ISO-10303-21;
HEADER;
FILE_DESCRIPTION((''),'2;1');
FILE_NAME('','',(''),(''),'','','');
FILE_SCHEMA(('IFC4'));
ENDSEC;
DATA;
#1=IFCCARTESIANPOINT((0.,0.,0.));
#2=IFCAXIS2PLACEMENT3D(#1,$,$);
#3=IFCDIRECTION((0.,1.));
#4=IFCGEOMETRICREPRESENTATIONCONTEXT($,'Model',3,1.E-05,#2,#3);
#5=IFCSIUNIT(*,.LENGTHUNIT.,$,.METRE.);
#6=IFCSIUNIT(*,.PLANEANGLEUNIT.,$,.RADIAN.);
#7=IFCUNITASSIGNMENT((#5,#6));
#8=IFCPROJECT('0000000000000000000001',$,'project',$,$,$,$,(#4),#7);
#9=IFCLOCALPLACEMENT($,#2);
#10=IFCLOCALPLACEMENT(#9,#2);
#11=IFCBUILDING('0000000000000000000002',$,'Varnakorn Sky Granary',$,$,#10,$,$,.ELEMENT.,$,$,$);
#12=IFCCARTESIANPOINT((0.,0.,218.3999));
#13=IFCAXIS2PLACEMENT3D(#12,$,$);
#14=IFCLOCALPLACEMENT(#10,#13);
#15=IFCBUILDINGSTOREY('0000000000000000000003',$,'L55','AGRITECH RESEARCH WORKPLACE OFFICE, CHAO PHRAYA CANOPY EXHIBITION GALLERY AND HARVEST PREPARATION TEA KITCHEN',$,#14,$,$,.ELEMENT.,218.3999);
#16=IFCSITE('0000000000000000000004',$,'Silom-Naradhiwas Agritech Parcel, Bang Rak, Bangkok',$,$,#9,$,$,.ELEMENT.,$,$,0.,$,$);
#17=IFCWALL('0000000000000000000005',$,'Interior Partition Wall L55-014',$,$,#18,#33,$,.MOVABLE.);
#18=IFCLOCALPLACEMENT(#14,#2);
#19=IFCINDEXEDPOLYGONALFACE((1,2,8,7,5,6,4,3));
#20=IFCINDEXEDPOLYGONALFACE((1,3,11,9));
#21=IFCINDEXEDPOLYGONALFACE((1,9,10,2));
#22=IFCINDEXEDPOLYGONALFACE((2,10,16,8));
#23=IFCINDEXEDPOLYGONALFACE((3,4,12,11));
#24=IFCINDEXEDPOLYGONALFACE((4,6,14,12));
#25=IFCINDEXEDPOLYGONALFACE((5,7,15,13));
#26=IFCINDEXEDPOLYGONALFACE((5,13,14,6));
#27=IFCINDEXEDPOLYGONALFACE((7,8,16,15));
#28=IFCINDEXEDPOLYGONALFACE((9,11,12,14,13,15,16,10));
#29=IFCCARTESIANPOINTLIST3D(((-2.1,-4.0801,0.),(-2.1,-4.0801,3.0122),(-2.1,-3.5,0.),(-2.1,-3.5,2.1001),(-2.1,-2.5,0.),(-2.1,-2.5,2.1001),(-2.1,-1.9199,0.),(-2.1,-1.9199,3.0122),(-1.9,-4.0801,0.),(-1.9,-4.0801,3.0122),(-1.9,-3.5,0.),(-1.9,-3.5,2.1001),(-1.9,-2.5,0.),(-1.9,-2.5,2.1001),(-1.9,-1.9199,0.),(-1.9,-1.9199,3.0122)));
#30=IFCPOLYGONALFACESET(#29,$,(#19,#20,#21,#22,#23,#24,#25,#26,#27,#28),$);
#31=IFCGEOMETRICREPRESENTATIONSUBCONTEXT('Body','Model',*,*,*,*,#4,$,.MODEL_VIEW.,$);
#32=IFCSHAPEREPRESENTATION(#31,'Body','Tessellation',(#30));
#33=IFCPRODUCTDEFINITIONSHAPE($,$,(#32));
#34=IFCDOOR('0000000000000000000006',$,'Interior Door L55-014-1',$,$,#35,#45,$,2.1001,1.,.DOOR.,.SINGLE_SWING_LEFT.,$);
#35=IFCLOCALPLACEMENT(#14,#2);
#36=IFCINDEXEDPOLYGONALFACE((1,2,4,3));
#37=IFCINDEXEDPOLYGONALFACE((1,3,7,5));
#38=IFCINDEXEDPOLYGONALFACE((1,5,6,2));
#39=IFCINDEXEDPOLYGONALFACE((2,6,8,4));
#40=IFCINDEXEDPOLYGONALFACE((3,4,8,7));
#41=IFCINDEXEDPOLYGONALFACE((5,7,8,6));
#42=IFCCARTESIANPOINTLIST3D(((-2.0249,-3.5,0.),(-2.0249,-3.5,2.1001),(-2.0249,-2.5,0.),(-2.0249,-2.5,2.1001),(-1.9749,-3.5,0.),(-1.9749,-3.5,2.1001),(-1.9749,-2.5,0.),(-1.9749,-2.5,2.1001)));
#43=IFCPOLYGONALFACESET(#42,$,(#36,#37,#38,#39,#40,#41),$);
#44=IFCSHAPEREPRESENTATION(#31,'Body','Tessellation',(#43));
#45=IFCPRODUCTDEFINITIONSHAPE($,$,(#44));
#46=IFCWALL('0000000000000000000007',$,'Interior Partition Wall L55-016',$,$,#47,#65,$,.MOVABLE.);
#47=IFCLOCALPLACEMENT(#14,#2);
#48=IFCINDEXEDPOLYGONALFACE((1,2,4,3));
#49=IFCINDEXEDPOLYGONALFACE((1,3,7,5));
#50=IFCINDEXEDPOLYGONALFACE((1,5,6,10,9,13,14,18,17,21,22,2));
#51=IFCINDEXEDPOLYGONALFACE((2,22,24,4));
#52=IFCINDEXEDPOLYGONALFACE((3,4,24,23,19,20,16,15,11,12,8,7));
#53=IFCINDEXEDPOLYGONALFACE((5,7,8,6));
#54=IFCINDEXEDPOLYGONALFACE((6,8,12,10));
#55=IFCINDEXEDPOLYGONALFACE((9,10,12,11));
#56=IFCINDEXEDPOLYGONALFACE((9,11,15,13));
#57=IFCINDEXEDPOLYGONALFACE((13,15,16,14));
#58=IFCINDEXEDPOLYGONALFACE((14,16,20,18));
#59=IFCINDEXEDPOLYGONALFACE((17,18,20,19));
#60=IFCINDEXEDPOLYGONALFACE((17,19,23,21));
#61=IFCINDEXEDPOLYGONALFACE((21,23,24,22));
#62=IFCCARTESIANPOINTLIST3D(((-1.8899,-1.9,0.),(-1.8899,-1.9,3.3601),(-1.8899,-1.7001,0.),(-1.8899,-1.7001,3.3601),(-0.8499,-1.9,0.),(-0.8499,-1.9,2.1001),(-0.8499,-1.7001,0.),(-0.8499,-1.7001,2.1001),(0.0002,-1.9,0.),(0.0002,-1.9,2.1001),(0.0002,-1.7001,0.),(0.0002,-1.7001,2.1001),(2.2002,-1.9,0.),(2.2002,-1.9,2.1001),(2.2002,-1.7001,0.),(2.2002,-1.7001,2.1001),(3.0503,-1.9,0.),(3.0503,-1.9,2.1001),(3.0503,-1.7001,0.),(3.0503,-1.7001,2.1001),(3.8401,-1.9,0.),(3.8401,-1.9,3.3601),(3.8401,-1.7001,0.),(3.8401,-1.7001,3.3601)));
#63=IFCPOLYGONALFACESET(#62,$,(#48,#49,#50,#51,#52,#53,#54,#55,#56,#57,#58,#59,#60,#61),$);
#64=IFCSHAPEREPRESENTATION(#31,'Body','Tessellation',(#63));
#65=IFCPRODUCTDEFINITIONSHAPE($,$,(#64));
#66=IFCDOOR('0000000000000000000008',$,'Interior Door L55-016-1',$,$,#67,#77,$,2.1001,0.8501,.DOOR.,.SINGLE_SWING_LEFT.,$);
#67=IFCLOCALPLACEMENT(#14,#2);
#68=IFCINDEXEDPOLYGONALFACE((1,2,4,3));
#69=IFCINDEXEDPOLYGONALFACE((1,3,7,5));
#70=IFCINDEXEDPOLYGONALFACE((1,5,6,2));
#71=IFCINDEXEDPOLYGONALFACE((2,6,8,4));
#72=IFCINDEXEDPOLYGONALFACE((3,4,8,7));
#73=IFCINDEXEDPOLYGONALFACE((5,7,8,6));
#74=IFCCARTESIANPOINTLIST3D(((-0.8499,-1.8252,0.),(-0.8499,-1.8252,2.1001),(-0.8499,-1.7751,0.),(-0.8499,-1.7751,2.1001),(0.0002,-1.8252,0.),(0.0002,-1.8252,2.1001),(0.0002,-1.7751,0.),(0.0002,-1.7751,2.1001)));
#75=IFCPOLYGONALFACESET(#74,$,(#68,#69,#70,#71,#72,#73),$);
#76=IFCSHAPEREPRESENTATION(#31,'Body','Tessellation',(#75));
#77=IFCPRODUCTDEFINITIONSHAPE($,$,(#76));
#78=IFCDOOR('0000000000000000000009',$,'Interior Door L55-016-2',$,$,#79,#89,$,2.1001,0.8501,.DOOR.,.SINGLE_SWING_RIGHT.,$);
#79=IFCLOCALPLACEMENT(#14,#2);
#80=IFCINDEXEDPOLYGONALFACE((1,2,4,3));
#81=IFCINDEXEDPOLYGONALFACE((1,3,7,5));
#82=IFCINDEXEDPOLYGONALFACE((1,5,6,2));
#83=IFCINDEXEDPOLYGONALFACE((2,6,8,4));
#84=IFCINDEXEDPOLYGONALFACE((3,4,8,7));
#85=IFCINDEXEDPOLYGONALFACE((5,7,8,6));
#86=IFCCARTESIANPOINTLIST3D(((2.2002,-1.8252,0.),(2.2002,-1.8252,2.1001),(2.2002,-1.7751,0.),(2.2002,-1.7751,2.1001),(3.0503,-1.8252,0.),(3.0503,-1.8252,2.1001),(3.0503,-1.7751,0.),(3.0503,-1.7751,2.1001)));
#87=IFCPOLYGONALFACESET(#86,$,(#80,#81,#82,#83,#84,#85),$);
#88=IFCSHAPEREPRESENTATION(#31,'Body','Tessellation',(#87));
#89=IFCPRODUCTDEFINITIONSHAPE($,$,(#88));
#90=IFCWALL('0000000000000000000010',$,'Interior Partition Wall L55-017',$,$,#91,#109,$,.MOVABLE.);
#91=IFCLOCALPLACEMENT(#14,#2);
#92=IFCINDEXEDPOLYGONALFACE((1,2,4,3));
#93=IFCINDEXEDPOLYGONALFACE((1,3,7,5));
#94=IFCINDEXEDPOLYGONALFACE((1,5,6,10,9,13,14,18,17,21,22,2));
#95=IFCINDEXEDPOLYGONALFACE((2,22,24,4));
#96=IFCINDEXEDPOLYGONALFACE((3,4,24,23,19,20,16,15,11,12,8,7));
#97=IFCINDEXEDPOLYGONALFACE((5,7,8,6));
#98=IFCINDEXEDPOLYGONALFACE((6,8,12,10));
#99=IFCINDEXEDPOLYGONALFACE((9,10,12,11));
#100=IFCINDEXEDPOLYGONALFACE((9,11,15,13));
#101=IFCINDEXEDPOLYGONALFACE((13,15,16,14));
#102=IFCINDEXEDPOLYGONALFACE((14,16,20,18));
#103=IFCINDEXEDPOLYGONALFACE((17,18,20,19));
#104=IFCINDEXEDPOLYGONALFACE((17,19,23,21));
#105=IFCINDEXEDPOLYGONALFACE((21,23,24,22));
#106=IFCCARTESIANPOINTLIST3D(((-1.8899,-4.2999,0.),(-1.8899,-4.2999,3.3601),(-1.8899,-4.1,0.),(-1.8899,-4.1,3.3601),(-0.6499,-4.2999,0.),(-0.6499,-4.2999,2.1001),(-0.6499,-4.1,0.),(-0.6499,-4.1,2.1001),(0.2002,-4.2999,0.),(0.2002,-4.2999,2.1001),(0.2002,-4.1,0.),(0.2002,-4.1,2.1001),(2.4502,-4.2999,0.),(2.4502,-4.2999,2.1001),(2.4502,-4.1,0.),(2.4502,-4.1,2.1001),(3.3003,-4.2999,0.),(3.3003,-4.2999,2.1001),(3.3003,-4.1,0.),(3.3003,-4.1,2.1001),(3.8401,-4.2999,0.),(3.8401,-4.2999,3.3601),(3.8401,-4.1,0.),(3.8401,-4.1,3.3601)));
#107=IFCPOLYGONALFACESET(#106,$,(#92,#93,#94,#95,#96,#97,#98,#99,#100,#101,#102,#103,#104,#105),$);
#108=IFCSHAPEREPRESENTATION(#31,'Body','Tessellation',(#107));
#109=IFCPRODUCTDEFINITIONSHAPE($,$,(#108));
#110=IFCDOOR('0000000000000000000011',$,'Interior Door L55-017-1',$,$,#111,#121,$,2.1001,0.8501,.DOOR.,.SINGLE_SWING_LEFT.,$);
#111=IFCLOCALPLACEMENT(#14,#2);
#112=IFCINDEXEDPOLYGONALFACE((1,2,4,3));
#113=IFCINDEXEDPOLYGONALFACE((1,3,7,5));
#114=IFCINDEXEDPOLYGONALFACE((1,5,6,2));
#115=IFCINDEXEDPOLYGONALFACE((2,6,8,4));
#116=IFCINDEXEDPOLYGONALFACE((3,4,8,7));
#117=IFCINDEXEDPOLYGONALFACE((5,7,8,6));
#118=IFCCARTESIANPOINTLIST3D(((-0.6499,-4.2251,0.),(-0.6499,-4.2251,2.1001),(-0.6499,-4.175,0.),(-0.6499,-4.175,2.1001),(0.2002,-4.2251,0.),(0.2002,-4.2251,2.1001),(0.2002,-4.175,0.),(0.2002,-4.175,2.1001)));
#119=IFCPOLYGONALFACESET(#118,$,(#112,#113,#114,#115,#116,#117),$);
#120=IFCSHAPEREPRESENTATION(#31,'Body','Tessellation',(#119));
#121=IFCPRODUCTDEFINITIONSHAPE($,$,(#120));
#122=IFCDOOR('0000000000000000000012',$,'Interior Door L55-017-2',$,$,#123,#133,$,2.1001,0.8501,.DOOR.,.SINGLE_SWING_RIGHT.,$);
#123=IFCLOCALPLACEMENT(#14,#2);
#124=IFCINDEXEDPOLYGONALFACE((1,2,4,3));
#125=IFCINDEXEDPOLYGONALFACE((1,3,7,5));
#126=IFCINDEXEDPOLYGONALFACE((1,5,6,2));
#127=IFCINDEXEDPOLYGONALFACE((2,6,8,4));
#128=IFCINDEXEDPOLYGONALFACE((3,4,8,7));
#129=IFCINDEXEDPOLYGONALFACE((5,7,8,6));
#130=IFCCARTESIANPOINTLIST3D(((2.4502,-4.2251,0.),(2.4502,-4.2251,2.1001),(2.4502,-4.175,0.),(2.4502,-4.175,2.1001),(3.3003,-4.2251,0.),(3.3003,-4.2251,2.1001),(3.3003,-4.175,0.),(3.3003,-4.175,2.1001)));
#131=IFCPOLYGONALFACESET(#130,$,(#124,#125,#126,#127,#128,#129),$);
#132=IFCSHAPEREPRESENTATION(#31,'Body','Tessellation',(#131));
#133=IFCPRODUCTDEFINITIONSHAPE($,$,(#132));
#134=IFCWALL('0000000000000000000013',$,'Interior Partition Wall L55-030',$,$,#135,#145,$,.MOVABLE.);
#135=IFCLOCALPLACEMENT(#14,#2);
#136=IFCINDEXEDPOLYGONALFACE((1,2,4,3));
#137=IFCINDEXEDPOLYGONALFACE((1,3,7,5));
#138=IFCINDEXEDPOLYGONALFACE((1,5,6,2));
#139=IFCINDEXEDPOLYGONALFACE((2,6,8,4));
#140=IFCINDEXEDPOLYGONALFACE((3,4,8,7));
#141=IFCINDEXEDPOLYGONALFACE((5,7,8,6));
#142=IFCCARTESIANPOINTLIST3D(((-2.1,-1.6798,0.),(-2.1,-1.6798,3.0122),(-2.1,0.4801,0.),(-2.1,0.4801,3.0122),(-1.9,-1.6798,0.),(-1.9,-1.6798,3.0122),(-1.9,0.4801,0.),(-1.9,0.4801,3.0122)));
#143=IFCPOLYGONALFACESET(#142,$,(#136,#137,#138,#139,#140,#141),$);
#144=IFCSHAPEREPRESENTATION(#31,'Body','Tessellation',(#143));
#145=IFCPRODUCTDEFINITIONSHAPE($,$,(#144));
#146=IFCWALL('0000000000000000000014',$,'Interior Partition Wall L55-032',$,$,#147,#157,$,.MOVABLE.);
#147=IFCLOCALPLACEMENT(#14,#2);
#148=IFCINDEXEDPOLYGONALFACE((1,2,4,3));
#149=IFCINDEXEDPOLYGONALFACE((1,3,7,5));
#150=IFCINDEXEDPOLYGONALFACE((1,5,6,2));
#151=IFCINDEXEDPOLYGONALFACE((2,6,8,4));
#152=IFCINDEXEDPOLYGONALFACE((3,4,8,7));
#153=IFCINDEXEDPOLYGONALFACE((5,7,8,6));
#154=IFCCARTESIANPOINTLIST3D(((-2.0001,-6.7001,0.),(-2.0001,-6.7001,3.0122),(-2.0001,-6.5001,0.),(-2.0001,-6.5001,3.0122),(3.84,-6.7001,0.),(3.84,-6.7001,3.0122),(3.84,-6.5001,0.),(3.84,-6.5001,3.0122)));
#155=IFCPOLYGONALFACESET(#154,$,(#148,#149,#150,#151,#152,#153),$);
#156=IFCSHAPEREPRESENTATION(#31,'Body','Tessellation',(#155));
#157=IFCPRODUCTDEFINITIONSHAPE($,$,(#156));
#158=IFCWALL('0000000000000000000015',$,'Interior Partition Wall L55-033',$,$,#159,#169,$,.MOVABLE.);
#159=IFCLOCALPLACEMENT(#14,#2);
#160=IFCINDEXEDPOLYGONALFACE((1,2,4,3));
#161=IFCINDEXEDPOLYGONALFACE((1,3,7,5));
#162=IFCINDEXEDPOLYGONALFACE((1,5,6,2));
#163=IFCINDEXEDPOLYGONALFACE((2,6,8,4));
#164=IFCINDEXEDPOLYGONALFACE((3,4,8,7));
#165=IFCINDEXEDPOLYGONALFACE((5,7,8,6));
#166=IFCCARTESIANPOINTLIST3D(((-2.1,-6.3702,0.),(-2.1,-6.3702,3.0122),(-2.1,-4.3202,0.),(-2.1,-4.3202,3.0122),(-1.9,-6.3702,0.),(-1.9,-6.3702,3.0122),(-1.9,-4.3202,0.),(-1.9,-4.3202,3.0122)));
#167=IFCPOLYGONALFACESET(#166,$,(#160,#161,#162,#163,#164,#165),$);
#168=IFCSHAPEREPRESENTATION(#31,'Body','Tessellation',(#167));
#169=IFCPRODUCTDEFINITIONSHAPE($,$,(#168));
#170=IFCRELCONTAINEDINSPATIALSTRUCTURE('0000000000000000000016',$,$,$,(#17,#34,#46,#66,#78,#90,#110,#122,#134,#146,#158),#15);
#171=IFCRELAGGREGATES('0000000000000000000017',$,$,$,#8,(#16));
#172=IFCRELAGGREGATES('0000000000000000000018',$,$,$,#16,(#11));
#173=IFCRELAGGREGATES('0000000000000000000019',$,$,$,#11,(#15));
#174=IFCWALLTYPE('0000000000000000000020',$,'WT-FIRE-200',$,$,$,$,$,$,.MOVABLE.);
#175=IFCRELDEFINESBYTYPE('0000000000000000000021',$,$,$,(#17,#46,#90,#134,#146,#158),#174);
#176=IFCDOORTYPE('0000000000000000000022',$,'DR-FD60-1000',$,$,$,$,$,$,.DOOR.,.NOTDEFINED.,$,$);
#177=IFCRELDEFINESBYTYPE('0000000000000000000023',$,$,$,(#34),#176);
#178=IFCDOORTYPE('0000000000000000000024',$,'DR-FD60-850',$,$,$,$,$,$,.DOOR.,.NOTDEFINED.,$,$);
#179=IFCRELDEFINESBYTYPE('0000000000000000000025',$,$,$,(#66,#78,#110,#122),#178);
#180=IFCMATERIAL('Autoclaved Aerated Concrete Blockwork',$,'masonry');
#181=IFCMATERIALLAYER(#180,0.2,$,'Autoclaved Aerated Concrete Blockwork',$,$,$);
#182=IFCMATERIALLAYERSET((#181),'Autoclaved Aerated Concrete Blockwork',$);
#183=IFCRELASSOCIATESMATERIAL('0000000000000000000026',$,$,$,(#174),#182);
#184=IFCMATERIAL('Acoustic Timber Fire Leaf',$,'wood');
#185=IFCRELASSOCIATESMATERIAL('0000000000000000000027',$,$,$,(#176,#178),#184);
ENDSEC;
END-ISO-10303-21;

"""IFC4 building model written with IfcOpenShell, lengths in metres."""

from ifc_helpers import new_model, si_unit, direction, frame, frame_2d, origin, place, context, subcontext, project, spatial, rectangle, extrude, material, layer, layer_set, type_object, element, fill, save


model = new_model("IFC4")

# Units and contexts
model_context = context("Model", 3, precision=1e-05, world=origin(), true_north=direction((0.0, 1.0)))
body_context = subcontext(model_context, "Body", "Model", "MODEL_VIEW")
ifc_project = project(units=[si_unit("LENGTHUNIT", "METRE"), si_unit("PLANEANGLEUNIT", "RADIAN")], contexts=[model_context])

# Site, building, storey
site_placement = place(None, origin())
site = spatial("IfcSite", under=ifc_project, at=site_placement, Name="Silom-Naradhiwas Agritech Parcel, Bang Rak, Bangkok", CompositionType="ELEMENT", RefElevation=0.0)
building_placement = place(site_placement, origin())
building = spatial("IfcBuilding", under=site, at=building_placement, Name="Varnakorn Sky Granary", CompositionType="ELEMENT")
storey_placement = place(building_placement, frame((0.0, 0.0, 218.3999)))
storey = spatial("IfcBuildingStorey", under=building, at=storey_placement, Name="L55", Description="AGRITECH RESEARCH WORKPLACE OFFICE, CHAO PHRAYA CANOPY EXHIBITION GALLERY AND HARVEST PREPARATION TEA KITCHEN", CompositionType="ELEMENT", Elevation=218.3999)

# Wall, opening, door
ifc_material_1 = material(Name="Autoclaved Aerated Concrete Blockwork", Category="masonry")
ifc_layer_1 = layer(ifc_material_1, 0.2, Name="Autoclaved Aerated Concrete Blockwork")
ifc_layer_set_1 = layer_set([ifc_layer_1], Name="Autoclaved Aerated Concrete Blockwork")
wall_type_1 = type_object("IfcWallType", Name="WT-FIRE-200", PredefinedType="MOVABLE", material=ifc_layer_set_1)
wall_1_placement = place(storey_placement, frame((-2.0, -4.0801, 0.0), z_axis=(0.0, 0.0, 1.0), x_axis=(0.0, 1.0, 0.0)))
wall_1 = element("IfcWall", 1, at=wall_1_placement, inside=storey, type_object=wall_type_1, Name="Interior Partition Wall L55-014", PredefinedType="MOVABLE", context=body_context, shape_type="SweptSolid", body=[
    extrude(rectangle(XDim=2.1602, YDim=0.2, at=frame_2d((1.0801, 0.0))), origin(), (0.0, 0.0, 1.0), 3.0122),
])
opening_1_placement = place(wall_1_placement, frame((0.5801, 0.0, 0.0)))
opening_1 = element("IfcOpeningElement", 2, at=opening_1_placement, cuts=wall_1, PredefinedType="OPENING", context=body_context, shape_type="SweptSolid", body=[
    extrude(rectangle(XDim=1.0, YDim=2.1001, at=frame_2d((0.5, 1.05))), frame((0.0, 0.1099, 0.0), z_axis=(0.0, -1.0, 0.0), x_axis=(1.0, 0.0, 0.0)), (0.0, 0.0, 1.0), 0.22),
])
ifc_material_2 = material(Name="Acoustic Timber Fire Leaf", Category="wood")
door_type_1 = type_object("IfcDoorType", Name="DR-FD60-1000", OperationType="NOTDEFINED", PredefinedType="DOOR", material=ifc_material_2)
door_1_placement = place(opening_1_placement, origin())
door_1 = element("IfcDoor", 3, at=door_1_placement, inside=storey, type_object=door_type_1, Name="Interior Door L55-014-1", OperationType="SINGLE_SWING_LEFT", OverallHeight=2.1001, OverallWidth=1.0, PredefinedType="DOOR", context=body_context, shape_type="SweptSolid", body=[
    extrude(rectangle(XDim=1.0, YDim=2.1001, at=frame_2d((0.5, 1.05))), frame((0.0, 0.0249, 0.0), z_axis=(0.0, -1.0, 0.0), x_axis=(1.0, 0.0, 0.0)), (0.0, 0.0, 1.0), 0.05),
])
fill(opening_1, door_1)

# Walls, openings, doors
wall_2_placement = place(storey_placement, frame((-1.8899, -1.8, 0.0), z_axis=(0.0, 0.0, 1.0), x_axis=(1.0, 0.0, 0.0)))
wall_2 = element("IfcWall", 4, at=wall_2_placement, inside=storey, type_object=wall_type_1, Name="Interior Partition Wall L55-016", PredefinedType="MOVABLE", context=body_context, shape_type="SweptSolid", body=[
    extrude(rectangle(XDim=5.73, YDim=0.2, at=frame_2d((2.865, 0.0))), origin(), (0.0, 0.0, 1.0), 3.3601),
])
opening_2_placement = place(wall_2_placement, frame((1.04, 0.0, 0.0)))
opening_2 = element("IfcOpeningElement", 5, at=opening_2_placement, cuts=wall_2, PredefinedType="OPENING", context=body_context, shape_type="SweptSolid", body=[
    extrude(rectangle(XDim=0.8501, YDim=2.1001, at=frame_2d((0.425, 1.05))), frame((0.0, 0.1099, 0.0), z_axis=(0.0, -1.0, 0.0), x_axis=(1.0, 0.0, 0.0)), (0.0, 0.0, 1.0), 0.22),
])
opening_3_placement = place(wall_2_placement, frame((4.0901, 0.0, 0.0)))
opening_3 = element("IfcOpeningElement", 6, at=opening_3_placement, cuts=wall_2, PredefinedType="OPENING", context=body_context, shape_type="SweptSolid", body=[
    extrude(rectangle(XDim=0.8501, YDim=2.1001, at=frame_2d((0.425, 1.05))), frame((0.0, 0.1099, 0.0), z_axis=(0.0, -1.0, 0.0), x_axis=(1.0, 0.0, 0.0)), (0.0, 0.0, 1.0), 0.22),
])
door_type_2 = type_object("IfcDoorType", Name="DR-FD60-850", OperationType="NOTDEFINED", PredefinedType="DOOR", material=ifc_material_2)
door_2_placement = place(opening_2_placement, origin())
door_2 = element("IfcDoor", 7, at=door_2_placement, inside=storey, type_object=door_type_2, Name="Interior Door L55-016-1", OperationType="SINGLE_SWING_LEFT", OverallHeight=2.1001, OverallWidth=0.8501, PredefinedType="DOOR", context=body_context, shape_type="SweptSolid", body=[
    extrude(rectangle(XDim=0.8501, YDim=2.1001, at=frame_2d((0.425, 1.05))), frame((0.0, 0.0249, 0.0), z_axis=(0.0, -1.0, 0.0), x_axis=(1.0, 0.0, 0.0)), (0.0, 0.0, 1.0), 0.05),
])
fill(opening_2, door_2)
door_3_placement = place(opening_3_placement, origin())
door_3 = element("IfcDoor", 8, at=door_3_placement, inside=storey, type_object=door_type_2, Name="Interior Door L55-016-2", OperationType="SINGLE_SWING_RIGHT", OverallHeight=2.1001, OverallWidth=0.8501, PredefinedType="DOOR", context=body_context, shape_type="SweptSolid", body=[
    extrude(rectangle(XDim=0.8501, YDim=2.1001, at=frame_2d((0.425, 1.05))), frame((0.0, 0.0249, 0.0), z_axis=(0.0, -1.0, 0.0), x_axis=(1.0, 0.0, 0.0)), (0.0, 0.0, 1.0), 0.05),
])
fill(opening_3, door_3)
wall_3_placement = place(storey_placement, frame((-1.8899, -4.2, 0.0), z_axis=(0.0, 0.0, 1.0), x_axis=(1.0, 0.0, 0.0)))
wall_3 = element("IfcWall", 9, at=wall_3_placement, inside=storey, type_object=wall_type_1, Name="Interior Partition Wall L55-017", PredefinedType="MOVABLE", context=body_context, shape_type="SweptSolid", body=[
    extrude(rectangle(XDim=5.73, YDim=0.2, at=frame_2d((2.865, 0.0))), origin(), (0.0, 0.0, 1.0), 3.3601),
])
opening_4_placement = place(wall_3_placement, frame((1.24, 0.0, 0.0)))
opening_4 = element("IfcOpeningElement", 10, at=opening_4_placement, cuts=wall_3, PredefinedType="OPENING", context=body_context, shape_type="SweptSolid", body=[
    extrude(rectangle(XDim=0.8501, YDim=2.1001, at=frame_2d((0.425, 1.05))), frame((0.0, 0.1099, 0.0), z_axis=(0.0, -1.0, 0.0), x_axis=(1.0, 0.0, 0.0)), (0.0, 0.0, 1.0), 0.22),
])
opening_5_placement = place(wall_3_placement, frame((4.3401, 0.0, 0.0)))
opening_5 = element("IfcOpeningElement", 11, at=opening_5_placement, cuts=wall_3, PredefinedType="OPENING", context=body_context, shape_type="SweptSolid", body=[
    extrude(rectangle(XDim=0.8501, YDim=2.1001, at=frame_2d((0.425, 1.05))), frame((0.0, 0.1099, 0.0), z_axis=(0.0, -1.0, 0.0), x_axis=(1.0, 0.0, 0.0)), (0.0, 0.0, 1.0), 0.22),
])
door_4_placement = place(opening_4_placement, origin())
door_4 = element("IfcDoor", 12, at=door_4_placement, inside=storey, type_object=door_type_2, Name="Interior Door L55-017-1", OperationType="SINGLE_SWING_LEFT", OverallHeight=2.1001, OverallWidth=0.8501, PredefinedType="DOOR", context=body_context, shape_type="SweptSolid", body=[
    extrude(rectangle(XDim=0.8501, YDim=2.1001, at=frame_2d((0.425, 1.05))), frame((0.0, 0.0249, 0.0), z_axis=(0.0, -1.0, 0.0), x_axis=(1.0, 0.0, 0.0)), (0.0, 0.0, 1.0), 0.05),
])
fill(opening_4, door_4)
door_5_placement = place(opening_5_placement, origin())
door_5 = element("IfcDoor", 13, at=door_5_placement, inside=storey, type_object=door_type_2, Name="Interior Door L55-017-2", OperationType="SINGLE_SWING_RIGHT", OverallHeight=2.1001, OverallWidth=0.8501, PredefinedType="DOOR", context=body_context, shape_type="SweptSolid", body=[
    extrude(rectangle(XDim=0.8501, YDim=2.1001, at=frame_2d((0.425, 1.05))), frame((0.0, 0.0249, 0.0), z_axis=(0.0, -1.0, 0.0), x_axis=(1.0, 0.0, 0.0)), (0.0, 0.0, 1.0), 0.05),
])
fill(opening_5, door_5)

# Walls
wall_4_placement = place(storey_placement, frame((-2.0, -1.6799, 0.0), z_axis=(0.0, 0.0, 1.0), x_axis=(0.0, 1.0, 0.0)))
element("IfcWall", 14, at=wall_4_placement, inside=storey, type_object=wall_type_1, Name="Interior Partition Wall L55-030", PredefinedType="MOVABLE", context=body_context, shape_type="SweptSolid", body=[
    extrude(rectangle(XDim=2.1599, YDim=0.2, at=frame_2d((1.0801, 0.0))), origin(), (0.0, 0.0, 1.0), 3.0122),
])
wall_5_placement = place(storey_placement, frame((-2.0, -6.6001, 0.0), z_axis=(0.0, 0.0, 1.0), x_axis=(1.0, 0.0, 0.0)))
element("IfcWall", 15, at=wall_5_placement, inside=storey, type_object=wall_type_1, Name="Interior Partition Wall L55-032", PredefinedType="MOVABLE", context=body_context, shape_type="SweptSolid", body=[
    extrude(rectangle(XDim=5.8401, YDim=0.2, at=frame_2d((2.9199, 0.0))), origin(), (0.0, 0.0, 1.0), 3.0122),
])
wall_6_placement = place(storey_placement, frame((-2.0, -6.3701, 0.0), z_axis=(0.0, 0.0, 1.0), x_axis=(0.0, 1.0, 0.0)))
element("IfcWall", 16, at=wall_6_placement, inside=storey, type_object=wall_type_1, Name="Interior Partition Wall L55-033", PredefinedType="MOVABLE", context=body_context, shape_type="SweptSolid", body=[
    extrude(rectangle(XDim=2.05, YDim=0.2, at=frame_2d((1.0249, 0.0))), origin(), (0.0, 0.0, 1.0), 3.0122),
])

save(model, "model.ifc")
